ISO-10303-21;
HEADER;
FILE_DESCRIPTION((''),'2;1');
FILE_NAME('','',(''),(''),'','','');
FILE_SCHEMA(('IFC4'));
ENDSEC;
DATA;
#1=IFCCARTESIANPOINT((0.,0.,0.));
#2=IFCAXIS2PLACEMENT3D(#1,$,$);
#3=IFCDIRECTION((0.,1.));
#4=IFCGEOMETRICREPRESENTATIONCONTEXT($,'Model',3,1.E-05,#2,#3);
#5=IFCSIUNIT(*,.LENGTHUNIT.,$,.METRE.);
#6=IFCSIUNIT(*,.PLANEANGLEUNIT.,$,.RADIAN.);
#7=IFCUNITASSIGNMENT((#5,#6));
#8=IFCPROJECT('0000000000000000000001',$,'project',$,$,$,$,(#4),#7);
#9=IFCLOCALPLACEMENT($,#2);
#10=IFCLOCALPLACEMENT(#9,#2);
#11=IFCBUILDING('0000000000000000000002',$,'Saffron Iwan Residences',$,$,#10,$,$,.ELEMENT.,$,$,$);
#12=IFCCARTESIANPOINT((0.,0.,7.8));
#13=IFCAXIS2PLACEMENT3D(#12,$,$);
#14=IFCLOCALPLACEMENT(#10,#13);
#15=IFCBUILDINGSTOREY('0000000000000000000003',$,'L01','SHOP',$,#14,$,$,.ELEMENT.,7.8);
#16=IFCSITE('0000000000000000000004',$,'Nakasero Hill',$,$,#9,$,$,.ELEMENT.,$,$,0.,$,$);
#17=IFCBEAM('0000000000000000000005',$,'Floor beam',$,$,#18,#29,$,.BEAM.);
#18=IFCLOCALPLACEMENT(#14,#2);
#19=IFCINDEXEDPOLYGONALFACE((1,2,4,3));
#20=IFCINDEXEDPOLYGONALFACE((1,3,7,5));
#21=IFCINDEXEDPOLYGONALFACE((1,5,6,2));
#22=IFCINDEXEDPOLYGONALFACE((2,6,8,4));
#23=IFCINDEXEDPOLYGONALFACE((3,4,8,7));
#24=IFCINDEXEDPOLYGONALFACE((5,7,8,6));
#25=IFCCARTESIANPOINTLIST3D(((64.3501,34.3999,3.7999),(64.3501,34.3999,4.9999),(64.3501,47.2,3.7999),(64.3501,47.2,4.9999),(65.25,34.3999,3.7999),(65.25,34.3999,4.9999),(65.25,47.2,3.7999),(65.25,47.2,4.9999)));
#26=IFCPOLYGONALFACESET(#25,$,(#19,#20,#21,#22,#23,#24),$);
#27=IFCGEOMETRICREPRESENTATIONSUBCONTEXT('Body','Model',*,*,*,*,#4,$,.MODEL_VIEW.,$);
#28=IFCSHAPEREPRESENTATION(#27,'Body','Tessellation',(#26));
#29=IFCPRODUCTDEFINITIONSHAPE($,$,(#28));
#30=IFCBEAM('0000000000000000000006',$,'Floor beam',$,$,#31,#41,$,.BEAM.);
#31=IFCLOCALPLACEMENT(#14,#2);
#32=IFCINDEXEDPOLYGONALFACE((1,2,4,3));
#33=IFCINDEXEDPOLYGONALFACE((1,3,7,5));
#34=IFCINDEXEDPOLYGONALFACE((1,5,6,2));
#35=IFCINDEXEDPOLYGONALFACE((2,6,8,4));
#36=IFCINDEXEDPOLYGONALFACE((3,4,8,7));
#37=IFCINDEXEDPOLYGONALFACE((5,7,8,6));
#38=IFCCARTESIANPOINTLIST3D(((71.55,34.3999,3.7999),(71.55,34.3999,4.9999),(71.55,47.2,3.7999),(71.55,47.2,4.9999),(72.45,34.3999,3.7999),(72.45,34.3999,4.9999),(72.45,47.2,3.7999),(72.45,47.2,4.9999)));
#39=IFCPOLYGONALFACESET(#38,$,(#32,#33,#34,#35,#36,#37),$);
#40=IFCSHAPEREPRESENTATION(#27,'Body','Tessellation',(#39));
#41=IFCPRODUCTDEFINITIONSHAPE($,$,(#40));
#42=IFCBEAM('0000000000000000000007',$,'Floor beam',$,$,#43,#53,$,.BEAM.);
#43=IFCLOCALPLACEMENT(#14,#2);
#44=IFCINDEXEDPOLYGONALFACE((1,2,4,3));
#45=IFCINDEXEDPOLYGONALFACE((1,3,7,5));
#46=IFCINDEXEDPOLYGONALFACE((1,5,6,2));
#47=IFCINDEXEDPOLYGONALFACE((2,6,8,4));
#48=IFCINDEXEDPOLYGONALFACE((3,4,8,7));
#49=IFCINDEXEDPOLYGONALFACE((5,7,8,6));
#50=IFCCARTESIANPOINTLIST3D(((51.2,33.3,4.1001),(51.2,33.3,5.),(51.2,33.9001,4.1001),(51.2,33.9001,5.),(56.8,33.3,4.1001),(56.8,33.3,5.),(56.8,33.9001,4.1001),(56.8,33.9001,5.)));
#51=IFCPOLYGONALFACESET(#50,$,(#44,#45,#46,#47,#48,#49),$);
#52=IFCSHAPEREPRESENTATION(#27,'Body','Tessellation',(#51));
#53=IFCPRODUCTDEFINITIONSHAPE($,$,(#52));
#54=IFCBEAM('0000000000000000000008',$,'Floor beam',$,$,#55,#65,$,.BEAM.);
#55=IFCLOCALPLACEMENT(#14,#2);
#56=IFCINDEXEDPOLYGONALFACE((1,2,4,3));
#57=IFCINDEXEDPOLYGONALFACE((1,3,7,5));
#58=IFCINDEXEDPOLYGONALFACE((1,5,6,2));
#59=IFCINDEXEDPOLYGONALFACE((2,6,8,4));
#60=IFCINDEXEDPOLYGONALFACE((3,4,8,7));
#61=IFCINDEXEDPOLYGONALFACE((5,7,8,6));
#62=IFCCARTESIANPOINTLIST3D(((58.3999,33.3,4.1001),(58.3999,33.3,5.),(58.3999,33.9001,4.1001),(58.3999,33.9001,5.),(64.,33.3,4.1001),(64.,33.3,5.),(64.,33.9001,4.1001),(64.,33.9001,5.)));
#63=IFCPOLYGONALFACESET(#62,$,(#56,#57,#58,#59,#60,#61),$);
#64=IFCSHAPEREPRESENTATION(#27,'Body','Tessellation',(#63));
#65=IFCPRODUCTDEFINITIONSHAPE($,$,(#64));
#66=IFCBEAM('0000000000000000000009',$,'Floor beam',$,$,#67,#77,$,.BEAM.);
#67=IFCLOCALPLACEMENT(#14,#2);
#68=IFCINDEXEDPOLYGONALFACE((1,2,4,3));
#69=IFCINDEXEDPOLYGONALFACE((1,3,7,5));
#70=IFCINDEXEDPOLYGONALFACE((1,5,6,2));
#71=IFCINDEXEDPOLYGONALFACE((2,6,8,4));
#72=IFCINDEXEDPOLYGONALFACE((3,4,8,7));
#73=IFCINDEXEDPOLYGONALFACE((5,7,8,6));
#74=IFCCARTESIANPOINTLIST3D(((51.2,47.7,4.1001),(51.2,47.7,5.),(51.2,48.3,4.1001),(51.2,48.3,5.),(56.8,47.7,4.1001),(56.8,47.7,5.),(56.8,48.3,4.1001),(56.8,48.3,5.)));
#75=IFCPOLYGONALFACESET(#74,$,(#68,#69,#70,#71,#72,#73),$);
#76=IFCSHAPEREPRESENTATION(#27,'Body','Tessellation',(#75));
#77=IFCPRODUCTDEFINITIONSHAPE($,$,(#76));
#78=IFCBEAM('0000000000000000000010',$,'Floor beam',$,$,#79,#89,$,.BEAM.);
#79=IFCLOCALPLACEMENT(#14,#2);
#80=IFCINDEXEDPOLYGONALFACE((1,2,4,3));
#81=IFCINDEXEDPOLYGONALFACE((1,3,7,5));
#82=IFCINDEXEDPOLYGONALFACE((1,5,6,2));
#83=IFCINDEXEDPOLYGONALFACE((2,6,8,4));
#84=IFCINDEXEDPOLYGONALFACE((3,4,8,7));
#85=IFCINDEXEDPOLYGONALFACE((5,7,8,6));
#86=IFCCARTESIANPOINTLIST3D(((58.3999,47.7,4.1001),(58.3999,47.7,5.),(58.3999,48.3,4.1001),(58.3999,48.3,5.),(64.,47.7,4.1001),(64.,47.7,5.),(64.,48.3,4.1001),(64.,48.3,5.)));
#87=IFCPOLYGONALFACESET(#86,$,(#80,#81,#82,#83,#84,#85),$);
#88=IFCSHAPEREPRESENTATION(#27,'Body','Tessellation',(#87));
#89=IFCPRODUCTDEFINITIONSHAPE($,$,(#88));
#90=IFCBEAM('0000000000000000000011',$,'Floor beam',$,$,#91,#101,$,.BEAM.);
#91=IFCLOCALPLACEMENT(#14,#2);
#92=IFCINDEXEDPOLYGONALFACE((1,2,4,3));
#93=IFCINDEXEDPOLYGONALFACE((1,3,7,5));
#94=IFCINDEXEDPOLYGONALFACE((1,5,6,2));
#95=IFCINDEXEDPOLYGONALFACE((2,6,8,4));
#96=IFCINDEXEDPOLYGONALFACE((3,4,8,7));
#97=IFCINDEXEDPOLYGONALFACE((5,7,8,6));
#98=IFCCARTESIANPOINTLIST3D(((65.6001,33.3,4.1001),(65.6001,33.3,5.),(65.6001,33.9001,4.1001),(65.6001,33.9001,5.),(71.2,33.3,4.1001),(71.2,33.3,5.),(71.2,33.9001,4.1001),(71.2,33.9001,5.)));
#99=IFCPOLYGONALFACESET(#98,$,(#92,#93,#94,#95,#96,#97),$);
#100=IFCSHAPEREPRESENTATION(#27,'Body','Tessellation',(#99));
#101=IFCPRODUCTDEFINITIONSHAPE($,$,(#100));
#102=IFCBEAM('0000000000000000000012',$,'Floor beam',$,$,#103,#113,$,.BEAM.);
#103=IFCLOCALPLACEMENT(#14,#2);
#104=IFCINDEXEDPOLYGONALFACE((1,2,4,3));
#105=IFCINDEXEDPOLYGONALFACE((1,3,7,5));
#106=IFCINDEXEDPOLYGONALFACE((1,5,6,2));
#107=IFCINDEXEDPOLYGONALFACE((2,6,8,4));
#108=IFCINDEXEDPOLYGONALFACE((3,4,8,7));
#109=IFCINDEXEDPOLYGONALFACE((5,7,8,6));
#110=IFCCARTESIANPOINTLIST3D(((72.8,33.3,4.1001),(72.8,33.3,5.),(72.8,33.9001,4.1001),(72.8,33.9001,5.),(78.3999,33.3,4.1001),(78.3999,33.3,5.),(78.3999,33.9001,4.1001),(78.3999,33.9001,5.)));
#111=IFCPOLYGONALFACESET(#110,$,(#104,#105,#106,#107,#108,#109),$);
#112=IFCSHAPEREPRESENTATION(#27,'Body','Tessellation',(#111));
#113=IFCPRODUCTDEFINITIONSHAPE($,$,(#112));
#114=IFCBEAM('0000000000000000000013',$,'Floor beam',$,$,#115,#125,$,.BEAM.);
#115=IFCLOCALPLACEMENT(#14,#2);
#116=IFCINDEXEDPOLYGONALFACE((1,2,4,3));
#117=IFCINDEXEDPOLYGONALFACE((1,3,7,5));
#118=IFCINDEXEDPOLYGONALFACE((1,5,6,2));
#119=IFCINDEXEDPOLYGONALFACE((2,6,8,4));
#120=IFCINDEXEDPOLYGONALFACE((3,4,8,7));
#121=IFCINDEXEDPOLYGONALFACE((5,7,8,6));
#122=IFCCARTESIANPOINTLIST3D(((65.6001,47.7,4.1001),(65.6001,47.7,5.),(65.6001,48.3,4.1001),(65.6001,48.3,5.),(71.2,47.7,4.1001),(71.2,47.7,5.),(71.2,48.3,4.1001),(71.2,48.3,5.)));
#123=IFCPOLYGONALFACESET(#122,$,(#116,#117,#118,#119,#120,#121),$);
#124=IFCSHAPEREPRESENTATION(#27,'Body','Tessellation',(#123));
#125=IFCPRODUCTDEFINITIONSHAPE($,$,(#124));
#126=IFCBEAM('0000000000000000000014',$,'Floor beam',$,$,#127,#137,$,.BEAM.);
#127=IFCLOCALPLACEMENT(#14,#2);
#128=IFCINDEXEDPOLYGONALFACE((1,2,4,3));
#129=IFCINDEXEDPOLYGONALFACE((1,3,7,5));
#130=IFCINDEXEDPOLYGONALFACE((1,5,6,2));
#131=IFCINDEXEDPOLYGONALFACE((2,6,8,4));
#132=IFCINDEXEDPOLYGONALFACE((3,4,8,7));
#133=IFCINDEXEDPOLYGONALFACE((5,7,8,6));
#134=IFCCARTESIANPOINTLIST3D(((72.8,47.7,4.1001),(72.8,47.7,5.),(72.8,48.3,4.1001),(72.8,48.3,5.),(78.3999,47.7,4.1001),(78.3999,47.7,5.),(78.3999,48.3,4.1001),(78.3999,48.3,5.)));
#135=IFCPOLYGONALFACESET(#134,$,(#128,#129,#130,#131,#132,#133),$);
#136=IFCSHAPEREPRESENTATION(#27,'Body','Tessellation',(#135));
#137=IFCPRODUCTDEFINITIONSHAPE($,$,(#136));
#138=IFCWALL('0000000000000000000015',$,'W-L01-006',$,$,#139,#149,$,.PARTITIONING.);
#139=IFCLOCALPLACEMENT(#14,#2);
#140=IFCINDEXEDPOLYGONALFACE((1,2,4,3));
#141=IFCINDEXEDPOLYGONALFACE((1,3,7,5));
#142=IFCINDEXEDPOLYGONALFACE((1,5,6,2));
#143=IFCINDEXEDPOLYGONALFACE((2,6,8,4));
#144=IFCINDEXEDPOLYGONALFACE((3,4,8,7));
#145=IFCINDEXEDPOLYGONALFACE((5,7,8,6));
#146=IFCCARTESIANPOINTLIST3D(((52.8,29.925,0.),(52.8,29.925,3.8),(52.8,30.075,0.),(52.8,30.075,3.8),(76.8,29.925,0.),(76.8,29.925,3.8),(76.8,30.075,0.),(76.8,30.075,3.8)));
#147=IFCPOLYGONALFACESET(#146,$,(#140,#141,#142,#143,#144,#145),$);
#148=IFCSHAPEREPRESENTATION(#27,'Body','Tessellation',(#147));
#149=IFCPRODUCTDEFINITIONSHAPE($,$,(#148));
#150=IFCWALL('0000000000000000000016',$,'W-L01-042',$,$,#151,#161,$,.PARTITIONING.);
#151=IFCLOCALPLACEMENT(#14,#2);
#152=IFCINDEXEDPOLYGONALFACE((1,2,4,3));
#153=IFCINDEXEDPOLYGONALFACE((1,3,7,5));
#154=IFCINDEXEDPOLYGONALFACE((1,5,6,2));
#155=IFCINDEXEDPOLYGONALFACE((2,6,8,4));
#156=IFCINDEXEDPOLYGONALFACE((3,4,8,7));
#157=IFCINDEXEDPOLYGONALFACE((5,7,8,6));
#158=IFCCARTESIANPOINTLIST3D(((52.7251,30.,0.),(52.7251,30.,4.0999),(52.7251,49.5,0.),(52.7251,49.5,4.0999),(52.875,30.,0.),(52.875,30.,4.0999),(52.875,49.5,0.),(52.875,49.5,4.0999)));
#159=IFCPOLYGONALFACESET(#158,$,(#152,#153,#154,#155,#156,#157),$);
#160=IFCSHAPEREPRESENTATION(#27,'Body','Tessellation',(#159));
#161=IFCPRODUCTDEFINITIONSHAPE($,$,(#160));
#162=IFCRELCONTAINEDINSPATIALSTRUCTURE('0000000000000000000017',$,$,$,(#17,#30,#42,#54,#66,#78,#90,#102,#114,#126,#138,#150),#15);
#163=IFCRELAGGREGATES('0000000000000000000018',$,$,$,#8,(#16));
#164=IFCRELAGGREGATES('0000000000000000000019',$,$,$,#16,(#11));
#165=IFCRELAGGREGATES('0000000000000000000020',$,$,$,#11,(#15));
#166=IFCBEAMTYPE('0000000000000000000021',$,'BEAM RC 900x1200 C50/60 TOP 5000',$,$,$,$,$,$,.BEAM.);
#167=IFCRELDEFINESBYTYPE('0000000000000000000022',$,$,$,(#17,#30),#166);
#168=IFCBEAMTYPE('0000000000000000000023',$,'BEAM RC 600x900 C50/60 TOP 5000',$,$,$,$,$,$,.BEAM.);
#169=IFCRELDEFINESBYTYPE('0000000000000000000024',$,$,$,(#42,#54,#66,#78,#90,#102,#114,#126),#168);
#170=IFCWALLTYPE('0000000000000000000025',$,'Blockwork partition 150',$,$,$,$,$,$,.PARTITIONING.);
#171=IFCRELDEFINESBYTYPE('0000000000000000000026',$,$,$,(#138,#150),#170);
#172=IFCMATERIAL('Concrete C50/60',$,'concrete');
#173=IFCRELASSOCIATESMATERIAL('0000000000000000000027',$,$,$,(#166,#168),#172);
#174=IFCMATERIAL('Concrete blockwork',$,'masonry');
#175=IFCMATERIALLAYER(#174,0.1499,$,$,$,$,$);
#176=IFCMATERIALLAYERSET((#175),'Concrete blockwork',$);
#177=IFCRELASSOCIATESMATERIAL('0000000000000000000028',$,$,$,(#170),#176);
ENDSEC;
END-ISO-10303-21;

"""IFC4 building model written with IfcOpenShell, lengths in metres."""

from ifc_helpers import new_model, si_unit, direction, frame, frame_2d, origin, origin_2d, place, context, subcontext, project, spatial, rectangle, extrude, source, transform, mapped, material, layer, layer_set, material_profile, profile_set, type_object, element, save


model = new_model("IFC4")

# Units and contexts
model_context = context("Model", 3, precision=1e-05, world=origin(), true_north=direction((0.0, 1.0)))
body_context = subcontext(model_context, "Body", "Model", "MODEL_VIEW")
ifc_project = project(units=[si_unit("LENGTHUNIT", "METRE"), si_unit("PLANEANGLEUNIT", "RADIAN")], contexts=[model_context])

# Site, building, storey
site_placement = place(None, origin())
site = spatial("IfcSite", under=ifc_project, at=site_placement, Name="Nakasero Hill", CompositionType="ELEMENT", RefElevation=0.0)
building_placement = place(site_placement, origin())
building = spatial("IfcBuilding", under=site, at=building_placement, Name="Saffron Iwan Residences", CompositionType="ELEMENT")
storey_placement = place(building_placement, frame((0.0, 0.0, 7.8)))
storey = spatial("IfcBuildingStorey", under=building, at=storey_placement, Name="L01", Description="SHOP", CompositionType="ELEMENT", Elevation=7.8)

# Shared definitions
ifc_material_1 = material(Name="Concrete C50/60", Category="concrete")

# Beams
ifc_material_profile_1 = material_profile(ifc_material_1, rectangle(XDim=0.8999, YDim=1.2, at=origin_2d()), Name="RC 900x1200")
ifc_profile_set_1 = profile_set([ifc_material_profile_1], Name="Concrete C50/60")
beam_type_1 = type_object("IfcBeamType", Name="BEAM RC 900x1200 C50/60 TOP 5000", PredefinedType="BEAM", material=ifc_profile_set_1)
shared_shape_1 = source(origin(), body_context, "Body", "SweptSolid", [
    extrude(rectangle(XDim=0.8999, YDim=1.2, at=origin_2d()), origin(), (0.0, 0.0, 1.0), 12.8),
])
for number, where, z_axis, x_axis, name in (
    (1, (64.8, 34.3999, 4.3999), (0.0, 1.0, 0.0), (-1.0, 0.0, 0.0), "Floor beam"),
    (2, (72.0, 34.3999, 4.3999), (0.0, 1.0, 0.0), (-1.0, 0.0, 0.0), "Floor beam"),
):
    element("IfcBeam", number, at=place(storey_placement, frame(where, z_axis=z_axis, x_axis=x_axis)), inside=storey, type_object=beam_type_1, Name=name, PredefinedType="BEAM", context=body_context, shape_type="MappedRepresentation", body=[
        mapped(shared_shape_1, transform((0.0, 0.0, 0.0))),
    ])
ifc_material_profile_2 = material_profile(ifc_material_1, rectangle(XDim=0.6001, YDim=0.8999, at=origin_2d()), Name="RC 600x900")
ifc_profile_set_2 = profile_set([ifc_material_profile_2], Name="Concrete C50/60")
beam_type_2 = type_object("IfcBeamType", Name="BEAM RC 600x900 C50/60 TOP 5000", PredefinedType="BEAM", material=ifc_profile_set_2)
shared_shape_2 = source(origin(), body_context, "Body", "SweptSolid", [
    extrude(rectangle(XDim=0.6001, YDim=0.8999, at=origin_2d()), origin(), (0.0, 0.0, 1.0), 5.6001),
])
for number, where, z_axis, x_axis, name in (
    (3, (51.2, 33.6001, 4.55), (1.0, 0.0, 0.0), (0.0, 1.0, 0.0), "Floor beam"),
    (4, (58.3999, 33.6001, 4.55), (1.0, 0.0, 0.0), (0.0, 1.0, 0.0), "Floor beam"),
    (5, (51.2, 48.0, 4.55), (1.0, 0.0, 0.0), (0.0, 1.0, 0.0), "Floor beam"),
    (6, (58.3999, 48.0, 4.55), (1.0, 0.0, 0.0), (0.0, 1.0, 0.0), "Floor beam"),
):
    element("IfcBeam", number, at=place(storey_placement, frame(where, z_axis=z_axis, x_axis=x_axis)), inside=storey, type_object=beam_type_2, Name=name, PredefinedType="BEAM", context=body_context, shape_type="MappedRepresentation", body=[
        mapped(shared_shape_2, transform((0.0, 0.0, 0.0))),
    ])
shared_shape_3 = source(origin(), body_context, "Body", "SweptSolid", [
    extrude(rectangle(XDim=0.6001, YDim=0.8999, at=origin_2d()), origin(), (0.0, 0.0, 1.0), 5.5999),
])
for number, where, z_axis, x_axis, name in (
    (7, (65.6001, 33.6001, 4.55), (1.0, 0.0, 0.0), (0.0, 1.0, 0.0), "Floor beam"),
    (8, (72.8, 33.6001, 4.55), (1.0, 0.0, 0.0), (0.0, 1.0, 0.0), "Floor beam"),
    (9, (65.6001, 48.0, 4.55), (1.0, 0.0, 0.0), (0.0, 1.0, 0.0), "Floor beam"),
    (10, (72.8, 48.0, 4.55), (1.0, 0.0, 0.0), (0.0, 1.0, 0.0), "Floor beam"),
):
    element("IfcBeam", number, at=place(storey_placement, frame(where, z_axis=z_axis, x_axis=x_axis)), inside=storey, type_object=beam_type_2, Name=name, PredefinedType="BEAM", context=body_context, shape_type="MappedRepresentation", body=[
        mapped(shared_shape_3, transform((0.0, 0.0, 0.0))),
    ])

# Walls
ifc_material_2 = material(Name="Concrete blockwork", Category="masonry")
ifc_layer_1 = layer(ifc_material_2, 0.1499)
ifc_layer_set_1 = layer_set([ifc_layer_1], Name="Concrete blockwork")
wall_type_1 = type_object("IfcWallType", Name="Blockwork partition 150", PredefinedType="PARTITIONING", material=ifc_layer_set_1)
wall_1_placement = place(storey_placement, frame((52.8, 30.0, 0.0), z_axis=(0.0, 0.0, 1.0), x_axis=(1.0, 0.0, 0.0)))
element("IfcWall", 11, at=wall_1_placement, inside=storey, type_object=wall_type_1, Name="W-L01-006", PredefinedType="PARTITIONING", context=body_context, shape_type="SweptSolid", body=[
    extrude(rectangle(XDim=24.0, YDim=0.1499, at=frame_2d((12.0, 0.0))), origin(), (0.0, 0.0, 1.0), 3.8),
])
wall_2_placement = place(storey_placement, frame((52.8, 30.0, 0.0), z_axis=(0.0, 0.0, 1.0), x_axis=(0.0, 1.0, 0.0)))
element("IfcWall", 12, at=wall_2_placement, inside=storey, type_object=wall_type_1, Name="W-L01-042", PredefinedType="PARTITIONING", context=body_context, shape_type="SweptSolid", body=[
    extrude(rectangle(XDim=19.5, YDim=0.1499, at=frame_2d((9.75, 0.0))), origin(), (0.0, 0.0, 1.0), 4.0999),
])

save(model, "model.ifc")
